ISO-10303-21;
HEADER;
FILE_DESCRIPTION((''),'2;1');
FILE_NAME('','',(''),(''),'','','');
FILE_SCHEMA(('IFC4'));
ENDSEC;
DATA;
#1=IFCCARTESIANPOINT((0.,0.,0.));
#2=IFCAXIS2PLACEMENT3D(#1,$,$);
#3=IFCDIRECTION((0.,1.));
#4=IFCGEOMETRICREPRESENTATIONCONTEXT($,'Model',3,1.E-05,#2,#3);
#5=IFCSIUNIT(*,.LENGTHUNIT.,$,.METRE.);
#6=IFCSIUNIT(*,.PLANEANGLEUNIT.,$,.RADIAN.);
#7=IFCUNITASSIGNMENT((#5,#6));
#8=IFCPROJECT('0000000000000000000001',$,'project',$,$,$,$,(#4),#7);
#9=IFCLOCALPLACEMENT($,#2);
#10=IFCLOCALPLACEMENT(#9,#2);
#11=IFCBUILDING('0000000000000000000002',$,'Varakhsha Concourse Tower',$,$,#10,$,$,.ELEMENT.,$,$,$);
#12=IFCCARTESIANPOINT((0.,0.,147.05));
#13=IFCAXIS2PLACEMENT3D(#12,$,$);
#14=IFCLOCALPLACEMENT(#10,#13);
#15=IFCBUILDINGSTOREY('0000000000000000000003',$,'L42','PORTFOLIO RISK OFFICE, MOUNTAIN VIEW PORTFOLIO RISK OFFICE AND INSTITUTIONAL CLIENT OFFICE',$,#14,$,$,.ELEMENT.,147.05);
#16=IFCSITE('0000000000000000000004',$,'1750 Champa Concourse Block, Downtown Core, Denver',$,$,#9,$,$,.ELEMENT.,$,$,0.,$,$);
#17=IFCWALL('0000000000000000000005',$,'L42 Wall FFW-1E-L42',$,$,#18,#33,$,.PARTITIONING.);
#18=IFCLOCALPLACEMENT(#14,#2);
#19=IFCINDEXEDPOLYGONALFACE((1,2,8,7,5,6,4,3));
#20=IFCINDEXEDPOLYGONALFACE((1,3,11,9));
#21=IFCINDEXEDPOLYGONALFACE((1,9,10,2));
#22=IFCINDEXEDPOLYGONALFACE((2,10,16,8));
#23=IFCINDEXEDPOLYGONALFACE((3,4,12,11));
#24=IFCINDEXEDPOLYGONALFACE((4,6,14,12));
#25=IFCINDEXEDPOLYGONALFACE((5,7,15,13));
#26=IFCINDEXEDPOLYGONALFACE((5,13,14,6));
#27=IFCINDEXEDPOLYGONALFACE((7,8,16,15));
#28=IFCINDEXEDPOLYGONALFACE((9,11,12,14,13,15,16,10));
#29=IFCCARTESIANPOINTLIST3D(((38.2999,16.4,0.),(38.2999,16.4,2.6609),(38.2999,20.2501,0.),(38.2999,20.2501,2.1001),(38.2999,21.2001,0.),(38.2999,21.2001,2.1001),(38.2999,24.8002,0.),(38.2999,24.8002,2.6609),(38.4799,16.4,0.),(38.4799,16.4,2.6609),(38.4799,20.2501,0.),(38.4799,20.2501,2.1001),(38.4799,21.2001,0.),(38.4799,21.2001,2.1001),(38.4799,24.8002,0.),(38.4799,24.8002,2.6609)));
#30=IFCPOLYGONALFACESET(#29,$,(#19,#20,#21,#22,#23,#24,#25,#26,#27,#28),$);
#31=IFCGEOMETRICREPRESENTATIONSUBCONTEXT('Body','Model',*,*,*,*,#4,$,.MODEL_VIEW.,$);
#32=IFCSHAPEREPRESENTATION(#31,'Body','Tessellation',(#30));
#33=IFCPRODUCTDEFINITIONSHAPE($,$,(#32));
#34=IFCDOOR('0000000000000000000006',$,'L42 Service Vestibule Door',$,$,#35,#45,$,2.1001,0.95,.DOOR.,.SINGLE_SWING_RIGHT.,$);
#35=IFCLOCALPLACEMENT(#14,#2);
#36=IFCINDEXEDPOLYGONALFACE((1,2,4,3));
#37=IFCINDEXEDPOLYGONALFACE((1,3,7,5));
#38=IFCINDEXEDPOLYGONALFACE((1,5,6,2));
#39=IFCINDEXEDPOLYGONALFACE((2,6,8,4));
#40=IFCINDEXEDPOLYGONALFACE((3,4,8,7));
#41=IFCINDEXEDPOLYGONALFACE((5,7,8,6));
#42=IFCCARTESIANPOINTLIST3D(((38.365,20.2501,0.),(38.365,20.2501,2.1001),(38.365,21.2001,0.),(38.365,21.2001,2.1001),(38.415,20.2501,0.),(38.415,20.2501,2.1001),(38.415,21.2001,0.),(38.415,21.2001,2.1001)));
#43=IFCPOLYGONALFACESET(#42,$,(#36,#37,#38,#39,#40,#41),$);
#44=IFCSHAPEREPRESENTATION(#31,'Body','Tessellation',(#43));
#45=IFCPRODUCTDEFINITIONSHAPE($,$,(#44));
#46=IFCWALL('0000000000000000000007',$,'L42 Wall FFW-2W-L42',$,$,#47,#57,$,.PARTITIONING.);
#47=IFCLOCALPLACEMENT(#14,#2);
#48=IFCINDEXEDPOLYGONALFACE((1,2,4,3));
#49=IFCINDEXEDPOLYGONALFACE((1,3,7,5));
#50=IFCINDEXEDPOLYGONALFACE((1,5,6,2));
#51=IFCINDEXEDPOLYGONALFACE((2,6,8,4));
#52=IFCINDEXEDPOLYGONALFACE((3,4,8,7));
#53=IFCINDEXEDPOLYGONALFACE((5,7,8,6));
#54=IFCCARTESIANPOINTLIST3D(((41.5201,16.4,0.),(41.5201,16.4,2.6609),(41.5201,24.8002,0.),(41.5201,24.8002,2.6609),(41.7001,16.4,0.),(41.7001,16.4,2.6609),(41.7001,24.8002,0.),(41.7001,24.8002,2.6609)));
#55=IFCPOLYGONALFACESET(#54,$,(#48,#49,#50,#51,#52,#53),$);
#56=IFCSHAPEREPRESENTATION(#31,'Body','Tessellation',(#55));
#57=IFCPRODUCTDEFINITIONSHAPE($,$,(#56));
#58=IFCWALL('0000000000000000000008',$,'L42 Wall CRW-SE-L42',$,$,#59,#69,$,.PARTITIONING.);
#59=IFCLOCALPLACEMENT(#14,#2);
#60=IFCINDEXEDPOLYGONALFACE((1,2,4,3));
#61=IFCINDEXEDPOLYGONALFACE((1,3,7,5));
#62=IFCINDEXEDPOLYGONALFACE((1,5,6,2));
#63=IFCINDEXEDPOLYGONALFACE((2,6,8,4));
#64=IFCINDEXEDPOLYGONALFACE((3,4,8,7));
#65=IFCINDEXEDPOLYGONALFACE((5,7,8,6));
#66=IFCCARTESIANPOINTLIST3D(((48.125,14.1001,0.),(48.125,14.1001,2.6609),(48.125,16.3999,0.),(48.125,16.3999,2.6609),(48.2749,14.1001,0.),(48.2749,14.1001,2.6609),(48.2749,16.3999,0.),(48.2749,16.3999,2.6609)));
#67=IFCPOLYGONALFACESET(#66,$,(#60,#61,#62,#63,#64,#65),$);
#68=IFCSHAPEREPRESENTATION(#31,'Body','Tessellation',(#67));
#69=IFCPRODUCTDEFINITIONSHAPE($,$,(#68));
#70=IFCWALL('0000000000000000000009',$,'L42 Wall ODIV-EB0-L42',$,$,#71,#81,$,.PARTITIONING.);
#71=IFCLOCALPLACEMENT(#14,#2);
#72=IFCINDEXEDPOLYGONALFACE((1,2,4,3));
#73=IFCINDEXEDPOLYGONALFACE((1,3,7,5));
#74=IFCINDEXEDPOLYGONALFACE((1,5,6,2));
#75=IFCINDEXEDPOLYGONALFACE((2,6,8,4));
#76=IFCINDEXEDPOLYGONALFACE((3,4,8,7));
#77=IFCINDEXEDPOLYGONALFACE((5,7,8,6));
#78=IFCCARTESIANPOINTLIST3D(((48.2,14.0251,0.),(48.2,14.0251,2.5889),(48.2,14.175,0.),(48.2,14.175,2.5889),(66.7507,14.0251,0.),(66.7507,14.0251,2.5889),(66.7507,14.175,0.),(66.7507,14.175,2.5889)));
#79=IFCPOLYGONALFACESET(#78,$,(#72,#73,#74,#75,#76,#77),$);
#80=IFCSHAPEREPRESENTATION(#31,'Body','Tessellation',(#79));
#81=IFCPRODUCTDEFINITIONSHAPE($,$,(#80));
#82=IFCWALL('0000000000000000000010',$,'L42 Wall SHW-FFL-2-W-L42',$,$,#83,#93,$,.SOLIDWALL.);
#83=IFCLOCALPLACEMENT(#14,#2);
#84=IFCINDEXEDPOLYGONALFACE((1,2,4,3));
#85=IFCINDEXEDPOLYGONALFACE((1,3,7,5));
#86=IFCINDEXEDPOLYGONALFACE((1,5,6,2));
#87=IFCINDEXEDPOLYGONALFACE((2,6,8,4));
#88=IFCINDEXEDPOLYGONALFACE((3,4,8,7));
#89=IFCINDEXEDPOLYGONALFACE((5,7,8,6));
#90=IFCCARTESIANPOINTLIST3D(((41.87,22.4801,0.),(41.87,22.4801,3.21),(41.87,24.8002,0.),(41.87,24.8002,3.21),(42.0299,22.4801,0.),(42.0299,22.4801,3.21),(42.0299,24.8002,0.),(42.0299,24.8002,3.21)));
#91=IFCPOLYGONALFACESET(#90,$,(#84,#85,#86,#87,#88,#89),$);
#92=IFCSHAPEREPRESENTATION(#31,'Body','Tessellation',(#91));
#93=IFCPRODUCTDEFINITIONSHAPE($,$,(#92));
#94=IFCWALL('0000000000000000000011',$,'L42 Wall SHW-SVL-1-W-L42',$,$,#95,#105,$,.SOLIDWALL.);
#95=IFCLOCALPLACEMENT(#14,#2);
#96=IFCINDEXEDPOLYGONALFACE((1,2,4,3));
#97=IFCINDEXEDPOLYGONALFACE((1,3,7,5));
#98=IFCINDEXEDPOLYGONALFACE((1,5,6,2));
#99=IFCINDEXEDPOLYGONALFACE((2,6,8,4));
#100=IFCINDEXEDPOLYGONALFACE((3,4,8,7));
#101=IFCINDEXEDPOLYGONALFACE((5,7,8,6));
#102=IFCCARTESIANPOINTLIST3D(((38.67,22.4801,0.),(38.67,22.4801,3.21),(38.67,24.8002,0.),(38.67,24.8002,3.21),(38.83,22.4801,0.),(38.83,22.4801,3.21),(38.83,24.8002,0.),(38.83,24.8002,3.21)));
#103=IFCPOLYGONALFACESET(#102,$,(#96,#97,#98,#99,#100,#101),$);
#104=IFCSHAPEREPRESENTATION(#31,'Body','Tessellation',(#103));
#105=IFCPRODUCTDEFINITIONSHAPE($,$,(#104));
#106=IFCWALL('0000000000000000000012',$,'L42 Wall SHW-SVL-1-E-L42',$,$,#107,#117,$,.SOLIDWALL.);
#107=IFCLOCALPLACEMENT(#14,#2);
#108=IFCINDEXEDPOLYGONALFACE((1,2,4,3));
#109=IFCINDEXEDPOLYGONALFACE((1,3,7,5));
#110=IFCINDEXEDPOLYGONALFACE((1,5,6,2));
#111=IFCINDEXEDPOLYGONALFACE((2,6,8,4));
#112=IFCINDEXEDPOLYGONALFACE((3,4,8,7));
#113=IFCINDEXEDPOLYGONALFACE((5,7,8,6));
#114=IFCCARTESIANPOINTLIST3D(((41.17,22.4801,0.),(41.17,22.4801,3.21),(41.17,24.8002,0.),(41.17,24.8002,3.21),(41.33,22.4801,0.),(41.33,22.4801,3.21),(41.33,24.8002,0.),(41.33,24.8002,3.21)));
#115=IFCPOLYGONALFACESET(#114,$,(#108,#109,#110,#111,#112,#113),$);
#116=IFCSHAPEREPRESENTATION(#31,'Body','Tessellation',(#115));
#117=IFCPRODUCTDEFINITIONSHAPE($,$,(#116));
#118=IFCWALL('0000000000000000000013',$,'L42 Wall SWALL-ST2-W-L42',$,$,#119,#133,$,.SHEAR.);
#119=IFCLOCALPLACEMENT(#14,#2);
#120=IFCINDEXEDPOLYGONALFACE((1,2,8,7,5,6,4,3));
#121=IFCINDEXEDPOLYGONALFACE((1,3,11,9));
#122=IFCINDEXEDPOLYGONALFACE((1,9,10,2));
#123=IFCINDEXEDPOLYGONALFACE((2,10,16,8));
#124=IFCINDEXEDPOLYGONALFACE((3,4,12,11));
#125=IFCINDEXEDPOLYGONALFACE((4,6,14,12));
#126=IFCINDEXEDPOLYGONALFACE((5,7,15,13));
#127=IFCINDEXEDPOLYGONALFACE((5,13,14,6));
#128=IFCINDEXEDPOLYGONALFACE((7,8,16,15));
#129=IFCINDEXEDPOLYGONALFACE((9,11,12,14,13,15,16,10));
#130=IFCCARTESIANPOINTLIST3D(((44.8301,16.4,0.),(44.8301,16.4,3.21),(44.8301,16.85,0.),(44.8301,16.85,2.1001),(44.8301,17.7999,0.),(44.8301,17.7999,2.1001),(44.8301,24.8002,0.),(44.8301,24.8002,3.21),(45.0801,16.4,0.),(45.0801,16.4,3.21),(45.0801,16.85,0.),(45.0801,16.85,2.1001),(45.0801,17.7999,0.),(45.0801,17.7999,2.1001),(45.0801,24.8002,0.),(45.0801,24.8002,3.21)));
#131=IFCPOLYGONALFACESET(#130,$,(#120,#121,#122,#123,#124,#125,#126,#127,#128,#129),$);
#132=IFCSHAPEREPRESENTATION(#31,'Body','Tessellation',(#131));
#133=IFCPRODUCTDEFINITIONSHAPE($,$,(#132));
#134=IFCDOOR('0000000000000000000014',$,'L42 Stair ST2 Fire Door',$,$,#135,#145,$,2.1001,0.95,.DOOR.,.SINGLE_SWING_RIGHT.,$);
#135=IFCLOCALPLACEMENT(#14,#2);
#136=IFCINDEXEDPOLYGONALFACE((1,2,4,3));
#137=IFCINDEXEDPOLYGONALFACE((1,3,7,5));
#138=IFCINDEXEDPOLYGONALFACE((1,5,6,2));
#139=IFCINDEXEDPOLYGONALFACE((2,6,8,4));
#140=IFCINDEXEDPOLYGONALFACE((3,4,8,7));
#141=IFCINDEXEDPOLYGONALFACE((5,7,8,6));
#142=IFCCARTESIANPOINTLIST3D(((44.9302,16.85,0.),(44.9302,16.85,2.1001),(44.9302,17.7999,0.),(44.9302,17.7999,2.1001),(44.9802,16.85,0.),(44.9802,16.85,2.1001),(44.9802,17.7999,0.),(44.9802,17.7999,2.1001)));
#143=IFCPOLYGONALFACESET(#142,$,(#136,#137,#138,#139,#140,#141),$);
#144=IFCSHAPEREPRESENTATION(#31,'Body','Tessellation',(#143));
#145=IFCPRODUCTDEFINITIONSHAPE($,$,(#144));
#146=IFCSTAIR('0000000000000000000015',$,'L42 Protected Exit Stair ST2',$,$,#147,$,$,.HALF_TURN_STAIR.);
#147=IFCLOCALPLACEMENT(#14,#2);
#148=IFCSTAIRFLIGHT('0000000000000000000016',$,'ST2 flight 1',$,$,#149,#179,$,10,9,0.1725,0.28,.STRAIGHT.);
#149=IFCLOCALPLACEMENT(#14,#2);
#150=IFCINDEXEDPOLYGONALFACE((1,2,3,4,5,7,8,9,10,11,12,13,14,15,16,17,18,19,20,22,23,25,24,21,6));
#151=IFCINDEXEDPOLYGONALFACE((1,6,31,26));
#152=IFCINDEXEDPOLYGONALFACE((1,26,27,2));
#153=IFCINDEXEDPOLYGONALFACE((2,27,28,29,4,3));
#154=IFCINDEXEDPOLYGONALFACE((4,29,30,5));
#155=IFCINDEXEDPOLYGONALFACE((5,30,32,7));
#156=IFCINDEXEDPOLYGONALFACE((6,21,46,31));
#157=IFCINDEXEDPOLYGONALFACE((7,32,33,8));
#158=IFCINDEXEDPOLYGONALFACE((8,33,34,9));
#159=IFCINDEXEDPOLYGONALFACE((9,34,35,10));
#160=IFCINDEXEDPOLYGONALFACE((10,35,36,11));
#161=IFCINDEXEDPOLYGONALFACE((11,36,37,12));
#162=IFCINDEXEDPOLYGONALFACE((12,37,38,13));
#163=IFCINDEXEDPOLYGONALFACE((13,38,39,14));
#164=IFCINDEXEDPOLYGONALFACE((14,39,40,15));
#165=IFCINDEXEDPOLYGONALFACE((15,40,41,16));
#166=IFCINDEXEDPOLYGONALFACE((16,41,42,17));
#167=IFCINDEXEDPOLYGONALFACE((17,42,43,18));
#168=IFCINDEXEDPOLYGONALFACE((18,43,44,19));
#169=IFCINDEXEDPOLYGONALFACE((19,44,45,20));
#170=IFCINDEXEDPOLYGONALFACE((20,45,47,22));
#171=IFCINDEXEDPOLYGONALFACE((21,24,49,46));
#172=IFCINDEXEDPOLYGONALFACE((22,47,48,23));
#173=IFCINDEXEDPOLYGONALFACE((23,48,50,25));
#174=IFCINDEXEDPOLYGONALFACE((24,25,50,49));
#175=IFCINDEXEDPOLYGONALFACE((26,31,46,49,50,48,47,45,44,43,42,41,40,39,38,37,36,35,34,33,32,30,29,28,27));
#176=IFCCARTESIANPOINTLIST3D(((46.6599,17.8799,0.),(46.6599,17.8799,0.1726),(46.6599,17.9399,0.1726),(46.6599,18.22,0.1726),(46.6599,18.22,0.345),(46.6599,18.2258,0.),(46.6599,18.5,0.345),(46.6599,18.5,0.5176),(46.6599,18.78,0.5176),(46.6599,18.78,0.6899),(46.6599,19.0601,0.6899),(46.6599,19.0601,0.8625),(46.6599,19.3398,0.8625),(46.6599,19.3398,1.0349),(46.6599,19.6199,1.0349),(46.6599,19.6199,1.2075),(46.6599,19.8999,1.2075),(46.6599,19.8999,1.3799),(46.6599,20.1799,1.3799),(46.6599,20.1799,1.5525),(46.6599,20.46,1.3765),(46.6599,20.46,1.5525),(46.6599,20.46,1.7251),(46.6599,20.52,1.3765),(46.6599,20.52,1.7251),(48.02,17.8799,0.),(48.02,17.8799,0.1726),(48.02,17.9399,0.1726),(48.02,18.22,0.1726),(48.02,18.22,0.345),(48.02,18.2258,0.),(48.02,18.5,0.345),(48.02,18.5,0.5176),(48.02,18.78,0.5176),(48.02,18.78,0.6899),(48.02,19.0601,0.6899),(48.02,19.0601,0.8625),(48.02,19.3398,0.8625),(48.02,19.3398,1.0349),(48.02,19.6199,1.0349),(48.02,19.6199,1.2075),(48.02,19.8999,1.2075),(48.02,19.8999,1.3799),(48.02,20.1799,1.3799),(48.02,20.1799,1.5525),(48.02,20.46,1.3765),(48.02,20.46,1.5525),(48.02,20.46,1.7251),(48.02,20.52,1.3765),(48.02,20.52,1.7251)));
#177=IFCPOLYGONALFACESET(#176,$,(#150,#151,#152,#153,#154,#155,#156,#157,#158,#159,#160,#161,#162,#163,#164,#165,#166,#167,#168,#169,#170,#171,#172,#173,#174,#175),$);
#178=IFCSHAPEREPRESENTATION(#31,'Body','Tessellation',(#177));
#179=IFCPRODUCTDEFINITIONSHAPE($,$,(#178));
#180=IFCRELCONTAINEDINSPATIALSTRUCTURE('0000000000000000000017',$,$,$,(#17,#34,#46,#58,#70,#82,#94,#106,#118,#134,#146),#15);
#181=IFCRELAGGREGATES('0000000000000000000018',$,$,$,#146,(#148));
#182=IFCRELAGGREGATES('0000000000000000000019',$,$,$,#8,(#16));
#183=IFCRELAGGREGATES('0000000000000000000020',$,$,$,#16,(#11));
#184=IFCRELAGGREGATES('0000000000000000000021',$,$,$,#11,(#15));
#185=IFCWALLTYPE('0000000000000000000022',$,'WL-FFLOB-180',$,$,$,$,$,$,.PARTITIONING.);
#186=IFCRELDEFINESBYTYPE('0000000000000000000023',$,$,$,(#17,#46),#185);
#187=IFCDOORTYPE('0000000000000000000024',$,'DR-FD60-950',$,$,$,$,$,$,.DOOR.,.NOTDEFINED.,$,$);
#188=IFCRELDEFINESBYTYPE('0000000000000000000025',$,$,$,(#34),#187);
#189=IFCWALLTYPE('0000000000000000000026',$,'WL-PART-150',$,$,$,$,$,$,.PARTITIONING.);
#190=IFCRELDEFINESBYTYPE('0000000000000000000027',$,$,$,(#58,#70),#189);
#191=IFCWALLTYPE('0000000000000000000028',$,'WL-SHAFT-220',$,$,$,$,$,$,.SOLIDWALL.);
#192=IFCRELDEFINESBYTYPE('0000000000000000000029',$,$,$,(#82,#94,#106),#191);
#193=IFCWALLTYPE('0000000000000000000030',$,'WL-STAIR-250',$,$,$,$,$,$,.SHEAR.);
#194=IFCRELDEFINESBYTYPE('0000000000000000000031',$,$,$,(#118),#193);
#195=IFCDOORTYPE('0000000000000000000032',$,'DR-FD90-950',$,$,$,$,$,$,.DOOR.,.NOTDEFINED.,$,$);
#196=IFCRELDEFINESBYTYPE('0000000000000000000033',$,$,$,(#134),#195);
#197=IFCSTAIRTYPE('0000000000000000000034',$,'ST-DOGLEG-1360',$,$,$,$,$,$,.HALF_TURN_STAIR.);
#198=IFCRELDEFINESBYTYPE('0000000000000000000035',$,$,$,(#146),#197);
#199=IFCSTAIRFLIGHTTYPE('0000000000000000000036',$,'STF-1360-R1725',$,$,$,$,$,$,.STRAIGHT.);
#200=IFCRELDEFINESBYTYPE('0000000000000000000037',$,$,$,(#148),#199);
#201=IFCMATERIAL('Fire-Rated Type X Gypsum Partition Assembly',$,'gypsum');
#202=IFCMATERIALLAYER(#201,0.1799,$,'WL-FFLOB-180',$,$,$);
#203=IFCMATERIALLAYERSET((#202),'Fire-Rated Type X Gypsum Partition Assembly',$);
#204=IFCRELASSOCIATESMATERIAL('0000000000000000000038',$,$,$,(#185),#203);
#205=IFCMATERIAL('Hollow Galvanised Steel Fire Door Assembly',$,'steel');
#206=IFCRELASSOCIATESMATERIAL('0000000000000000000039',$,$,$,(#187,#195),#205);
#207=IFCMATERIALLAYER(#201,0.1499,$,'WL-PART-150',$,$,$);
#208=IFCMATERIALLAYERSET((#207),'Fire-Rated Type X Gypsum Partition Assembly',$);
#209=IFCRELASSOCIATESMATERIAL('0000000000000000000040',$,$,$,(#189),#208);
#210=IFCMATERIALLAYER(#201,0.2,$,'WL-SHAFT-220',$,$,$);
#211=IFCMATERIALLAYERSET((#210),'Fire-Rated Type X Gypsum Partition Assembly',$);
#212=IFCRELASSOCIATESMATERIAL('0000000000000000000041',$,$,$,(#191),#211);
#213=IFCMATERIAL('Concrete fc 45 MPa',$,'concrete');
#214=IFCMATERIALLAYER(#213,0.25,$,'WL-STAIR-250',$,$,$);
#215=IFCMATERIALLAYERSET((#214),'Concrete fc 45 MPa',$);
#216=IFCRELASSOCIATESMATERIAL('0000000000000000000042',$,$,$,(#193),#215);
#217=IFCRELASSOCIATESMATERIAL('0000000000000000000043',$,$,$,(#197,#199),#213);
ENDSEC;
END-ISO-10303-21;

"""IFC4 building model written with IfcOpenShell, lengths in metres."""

from ifc_helpers import new_model, si_unit, direction, frame, frame_2d, origin, place, context, subcontext, project, spatial, polyline, rectangle, outline, extrude, material, layer, layer_set, type_object, element, fill, aggregate, save


model = new_model("IFC4")

# Units and contexts
model_context = context("Model", 3, precision=1e-05, world=origin(), true_north=direction((0.0, 1.0)))
body_context = subcontext(model_context, "Body", "Model", "MODEL_VIEW")
ifc_project = project(units=[si_unit("LENGTHUNIT", "METRE"), si_unit("PLANEANGLEUNIT", "RADIAN")], contexts=[model_context])

# Site, building, storey
site_placement = place(None, origin())
site = spatial("IfcSite", under=ifc_project, at=site_placement, Name="1750 Champa Concourse Block, Downtown Core, Denver", CompositionType="ELEMENT", RefElevation=0.0)
building_placement = place(site_placement, origin())
building = spatial("IfcBuilding", under=site, at=building_placement, Name="Varakhsha Concourse Tower", CompositionType="ELEMENT")
storey_placement = place(building_placement, frame((0.0, 0.0, 147.05)))
storey = spatial("IfcBuildingStorey", under=building, at=storey_placement, Name="L42", Description="PORTFOLIO RISK OFFICE, MOUNTAIN VIEW PORTFOLIO RISK OFFICE AND INSTITUTIONAL CLIENT OFFICE", CompositionType="ELEMENT", Elevation=147.05)

# Wall, opening, door
ifc_material_1 = material(Name="Fire-Rated Type X Gypsum Partition Assembly", Category="gypsum")
ifc_layer_1 = layer(ifc_material_1, 0.1799, Name="WL-FFLOB-180")
ifc_layer_set_1 = layer_set([ifc_layer_1], Name="Fire-Rated Type X Gypsum Partition Assembly")
wall_type_1 = type_object("IfcWallType", Name="WL-FFLOB-180", PredefinedType="PARTITIONING", material=ifc_layer_set_1)
wall_1_placement = place(storey_placement, frame((38.3899, 16.3999, 0.0), z_axis=(0.0, 0.0, 1.0), x_axis=(0.0, 1.0, 0.0)))
wall_1 = element("IfcWall", 1, at=wall_1_placement, inside=storey, type_object=wall_type_1, Name="L42 Wall FFW-1E-L42", PredefinedType="PARTITIONING", context=body_context, shape_type="SweptSolid", body=[
    extrude(rectangle(XDim=8.4001, YDim=0.1799, at=frame_2d((4.2002, 0.0))), origin(), (0.0, 0.0, 1.0), 2.6609),
])
opening_1_placement = place(wall_1_placement, frame((3.8501, 0.0, 0.0)))
opening_1 = element("IfcOpeningElement", 2, at=opening_1_placement, cuts=wall_1, PredefinedType="OPENING", context=body_context, shape_type="SweptSolid", body=[
    extrude(rectangle(XDim=0.95, YDim=2.1001, at=frame_2d((0.4751, 1.05))), frame((0.0, 0.0999, 0.0), z_axis=(0.0, -1.0, 0.0), x_axis=(1.0, 0.0, 0.0)), (0.0, 0.0, 1.0), 0.2),
])
ifc_material_2 = material(Name="Hollow Galvanised Steel Fire Door Assembly", Category="steel")
door_type_1 = type_object("IfcDoorType", Name="DR-FD60-950", OperationType="NOTDEFINED", PredefinedType="DOOR", material=ifc_material_2)
door_1_placement = place(opening_1_placement, origin())
door_1 = element("IfcDoor", 3, at=door_1_placement, inside=storey, type_object=door_type_1, Name="L42 Service Vestibule Door", OperationType="SINGLE_SWING_RIGHT", OverallHeight=2.1001, OverallWidth=0.95, PredefinedType="DOOR", context=body_context, shape_type="SweptSolid", body=[
    extrude(rectangle(XDim=0.95, YDim=2.1001, at=frame_2d((0.4751, 1.05))), frame((0.0, 0.0249, 0.0), z_axis=(0.0, -1.0, 0.0), x_axis=(1.0, 0.0, 0.0)), (0.0, 0.0, 1.0), 0.05),
])
fill(opening_1, door_1)

# Walls
wall_2_placement = place(storey_placement, frame((41.6101, 16.3999, 0.0), z_axis=(0.0, 0.0, 1.0), x_axis=(0.0, 1.0, 0.0)))
element("IfcWall", 4, at=wall_2_placement, inside=storey, type_object=wall_type_1, Name="L42 Wall FFW-2W-L42", PredefinedType="PARTITIONING", context=body_context, shape_type="SweptSolid", body=[
    extrude(rectangle(XDim=8.4001, YDim=0.1799, at=frame_2d((4.2002, 0.0))), origin(), (0.0, 0.0, 1.0), 2.6609),
])
ifc_layer_2 = layer(ifc_material_1, 0.1499, Name="WL-PART-150")
ifc_layer_set_2 = layer_set([ifc_layer_2], Name="Fire-Rated Type X Gypsum Partition Assembly")
wall_type_2 = type_object("IfcWallType", Name="WL-PART-150", PredefinedType="PARTITIONING", material=ifc_layer_set_2)
wall_3_placement = place(storey_placement, frame((48.2, 14.1001, 0.0), z_axis=(0.0, 0.0, 1.0), x_axis=(0.0, 1.0, 0.0)))
element("IfcWall", 5, at=wall_3_placement, inside=storey, type_object=wall_type_2, Name="L42 Wall CRW-SE-L42", PredefinedType="PARTITIONING", context=body_context, shape_type="SweptSolid", body=[
    extrude(rectangle(XDim=2.2998, YDim=0.1499, at=frame_2d((1.1499, 0.0))), origin(), (0.0, 0.0, 1.0), 2.6609),
])
wall_4_placement = place(storey_placement, frame((48.2, 14.1001, 0.0), z_axis=(0.0, 0.0, 1.0), x_axis=(1.0, 0.0, 0.0)))
element("IfcWall", 6, at=wall_4_placement, inside=storey, type_object=wall_type_2, Name="L42 Wall ODIV-EB0-L42", PredefinedType="PARTITIONING", context=body_context, shape_type="SweptSolid", body=[
    extrude(rectangle(XDim=18.5508, YDim=0.1499, at=frame_2d((9.2754, 0.0))), origin(), (0.0, 0.0, 1.0), 2.5889),
])
ifc_layer_3 = layer(ifc_material_1, 0.2, Name="WL-SHAFT-220")
ifc_layer_set_3 = layer_set([ifc_layer_3], Name="Fire-Rated Type X Gypsum Partition Assembly")
wall_type_3 = type_object("IfcWallType", Name="WL-SHAFT-220", PredefinedType="SOLIDWALL", material=ifc_layer_set_3)
for number, where, z_axis, x_axis, name in (
    (7, (41.95, 22.48, 0.0), (0.0, 0.0, 1.0), (0.0, 1.0, 0.0), "L42 Wall SHW-FFL-2-W-L42"),
    (8, (38.75, 22.48, 0.0), (0.0, 0.0, 1.0), (0.0, 1.0, 0.0), "L42 Wall SHW-SVL-1-W-L42"),
    (9, (41.25, 22.48, 0.0), (0.0, 0.0, 1.0), (0.0, 1.0, 0.0), "L42 Wall SHW-SVL-1-E-L42"),
):
    element("IfcWall", number, at=place(storey_placement, frame(where, z_axis=z_axis, x_axis=x_axis)), inside=storey, type_object=wall_type_3, Name=name, PredefinedType="SOLIDWALL", context=body_context, shape_type="SweptSolid", body=[
        extrude(rectangle(XDim=2.3201, YDim=0.1599, at=frame_2d((1.1602, 0.0))), origin(), (0.0, 0.0, 1.0), 3.21),
    ])

# Wall, opening, door
ifc_material_3 = material(Name="Concrete fc 45 MPa", Category="concrete")
ifc_layer_4 = layer(ifc_material_3, 0.25, Name="WL-STAIR-250")
ifc_layer_set_4 = layer_set([ifc_layer_4], Name="Concrete fc 45 MPa")
wall_type_4 = type_object("IfcWallType", Name="WL-STAIR-250", PredefinedType="SHEAR", material=ifc_layer_set_4)
wall_5_placement = place(storey_placement, frame((44.9551, 16.3999, 0.0), z_axis=(0.0, 0.0, 1.0), x_axis=(0.0, 1.0, 0.0)))
wall_5 = element("IfcWall", 10, at=wall_5_placement, inside=storey, type_object=wall_type_4, Name="L42 Wall SWALL-ST2-W-L42", PredefinedType="SHEAR", context=body_context, shape_type="SweptSolid", body=[
    extrude(rectangle(XDim=8.4001, YDim=0.25, at=frame_2d((4.2002, 0.0))), origin(), (0.0, 0.0, 1.0), 3.21),
])
opening_2_placement = place(wall_5_placement, frame((0.45, 0.0, 0.0)))
opening_2 = element("IfcOpeningElement", 11, at=opening_2_placement, cuts=wall_5, PredefinedType="OPENING", context=body_context, shape_type="SweptSolid", body=[
    extrude(rectangle(XDim=0.95, YDim=2.1001, at=frame_2d((0.4751, 1.05))), frame((0.0, 0.135, 0.0), z_axis=(0.0, -1.0, 0.0), x_axis=(1.0, 0.0, 0.0)), (0.0, 0.0, 1.0), 0.27),
])
door_type_2 = type_object("IfcDoorType", Name="DR-FD90-950", OperationType="NOTDEFINED", PredefinedType="DOOR", material=ifc_material_2)
door_2_placement = place(opening_2_placement, origin())
door_2 = element("IfcDoor", 12, at=door_2_placement, inside=storey, type_object=door_type_2, Name="L42 Stair ST2 Fire Door", OperationType="SINGLE_SWING_RIGHT", OverallHeight=2.1001, OverallWidth=0.95, PredefinedType="DOOR", context=body_context, shape_type="SweptSolid", body=[
    extrude(rectangle(XDim=0.95, YDim=2.1001, at=frame_2d((0.4751, 1.05))), frame((0.0, 0.0249, 0.0), z_axis=(0.0, -1.0, 0.0), x_axis=(1.0, 0.0, 0.0)), (0.0, 0.0, 1.0), 0.05),
])
fill(opening_2, door_2)

# Stair, stair flight
stair_type = type_object("IfcStairType", Name="ST-DOGLEG-1360", PredefinedType="HALF_TURN_STAIR", material=ifc_material_3)
stair_placement = place(storey_placement, origin())
stair = element("IfcStair", 13, at=stair_placement, inside=storey, type_object=stair_type, Name="L42 Protected Exit Stair ST2", PredefinedType="HALF_TURN_STAIR")
stair_flight_type = type_object("IfcStairFlightType", Name="STF-1360-R1725", PredefinedType="STRAIGHT", material=ifc_material_3)
stair_flight_1_placement = place(storey_placement, frame((47.3401, 17.9399, 0.0), z_axis=(0.0, 0.0, 1.0), x_axis=(0.0, 1.0, 0.0)))
stair_flight_1 = element("IfcStairFlight", 14, at=stair_flight_1_placement, type_object=stair_flight_type, Name="ST2 flight 1", NumberOfRisers=10, NumberOfTreads=9, PredefinedType="STRAIGHT", RiserHeight=0.1725, TreadLength=0.28, context=body_context, shape_type="SweptSolid", body=[
    extrude(outline(polyline([(-0.0601, 0.0), (-0.0601, 0.1726), (0.0, 0.1726), (0.28, 0.1726), (0.28, 0.345), (0.5601, 0.345), (0.5601, 0.5176), (0.8401, 0.5176), (0.8401, 0.6899), (1.1201, 0.6899), (1.1201, 0.8625), (1.3999, 0.8625), (1.3999, 1.0349), (1.6799, 1.0349), (1.6799, 1.2075), (1.96, 1.2075), (1.96, 1.3799), (2.24, 1.3799), (2.24, 1.5525), (2.52, 1.5525), (2.52, 1.7251), (2.5801, 1.7251), (2.5801, 1.3765), (2.52, 1.3765), (0.2859, 0.0), (-0.0601, 0.0)])), frame((0.0, 0.6802, 0.0), z_axis=(0.0, -1.0, 0.0), x_axis=(1.0, 0.0, 0.0)), (0.0, 0.0, 1.0), 1.3601),
])
aggregate(stair, [stair_flight_1])

save(model, "model.ifc")
